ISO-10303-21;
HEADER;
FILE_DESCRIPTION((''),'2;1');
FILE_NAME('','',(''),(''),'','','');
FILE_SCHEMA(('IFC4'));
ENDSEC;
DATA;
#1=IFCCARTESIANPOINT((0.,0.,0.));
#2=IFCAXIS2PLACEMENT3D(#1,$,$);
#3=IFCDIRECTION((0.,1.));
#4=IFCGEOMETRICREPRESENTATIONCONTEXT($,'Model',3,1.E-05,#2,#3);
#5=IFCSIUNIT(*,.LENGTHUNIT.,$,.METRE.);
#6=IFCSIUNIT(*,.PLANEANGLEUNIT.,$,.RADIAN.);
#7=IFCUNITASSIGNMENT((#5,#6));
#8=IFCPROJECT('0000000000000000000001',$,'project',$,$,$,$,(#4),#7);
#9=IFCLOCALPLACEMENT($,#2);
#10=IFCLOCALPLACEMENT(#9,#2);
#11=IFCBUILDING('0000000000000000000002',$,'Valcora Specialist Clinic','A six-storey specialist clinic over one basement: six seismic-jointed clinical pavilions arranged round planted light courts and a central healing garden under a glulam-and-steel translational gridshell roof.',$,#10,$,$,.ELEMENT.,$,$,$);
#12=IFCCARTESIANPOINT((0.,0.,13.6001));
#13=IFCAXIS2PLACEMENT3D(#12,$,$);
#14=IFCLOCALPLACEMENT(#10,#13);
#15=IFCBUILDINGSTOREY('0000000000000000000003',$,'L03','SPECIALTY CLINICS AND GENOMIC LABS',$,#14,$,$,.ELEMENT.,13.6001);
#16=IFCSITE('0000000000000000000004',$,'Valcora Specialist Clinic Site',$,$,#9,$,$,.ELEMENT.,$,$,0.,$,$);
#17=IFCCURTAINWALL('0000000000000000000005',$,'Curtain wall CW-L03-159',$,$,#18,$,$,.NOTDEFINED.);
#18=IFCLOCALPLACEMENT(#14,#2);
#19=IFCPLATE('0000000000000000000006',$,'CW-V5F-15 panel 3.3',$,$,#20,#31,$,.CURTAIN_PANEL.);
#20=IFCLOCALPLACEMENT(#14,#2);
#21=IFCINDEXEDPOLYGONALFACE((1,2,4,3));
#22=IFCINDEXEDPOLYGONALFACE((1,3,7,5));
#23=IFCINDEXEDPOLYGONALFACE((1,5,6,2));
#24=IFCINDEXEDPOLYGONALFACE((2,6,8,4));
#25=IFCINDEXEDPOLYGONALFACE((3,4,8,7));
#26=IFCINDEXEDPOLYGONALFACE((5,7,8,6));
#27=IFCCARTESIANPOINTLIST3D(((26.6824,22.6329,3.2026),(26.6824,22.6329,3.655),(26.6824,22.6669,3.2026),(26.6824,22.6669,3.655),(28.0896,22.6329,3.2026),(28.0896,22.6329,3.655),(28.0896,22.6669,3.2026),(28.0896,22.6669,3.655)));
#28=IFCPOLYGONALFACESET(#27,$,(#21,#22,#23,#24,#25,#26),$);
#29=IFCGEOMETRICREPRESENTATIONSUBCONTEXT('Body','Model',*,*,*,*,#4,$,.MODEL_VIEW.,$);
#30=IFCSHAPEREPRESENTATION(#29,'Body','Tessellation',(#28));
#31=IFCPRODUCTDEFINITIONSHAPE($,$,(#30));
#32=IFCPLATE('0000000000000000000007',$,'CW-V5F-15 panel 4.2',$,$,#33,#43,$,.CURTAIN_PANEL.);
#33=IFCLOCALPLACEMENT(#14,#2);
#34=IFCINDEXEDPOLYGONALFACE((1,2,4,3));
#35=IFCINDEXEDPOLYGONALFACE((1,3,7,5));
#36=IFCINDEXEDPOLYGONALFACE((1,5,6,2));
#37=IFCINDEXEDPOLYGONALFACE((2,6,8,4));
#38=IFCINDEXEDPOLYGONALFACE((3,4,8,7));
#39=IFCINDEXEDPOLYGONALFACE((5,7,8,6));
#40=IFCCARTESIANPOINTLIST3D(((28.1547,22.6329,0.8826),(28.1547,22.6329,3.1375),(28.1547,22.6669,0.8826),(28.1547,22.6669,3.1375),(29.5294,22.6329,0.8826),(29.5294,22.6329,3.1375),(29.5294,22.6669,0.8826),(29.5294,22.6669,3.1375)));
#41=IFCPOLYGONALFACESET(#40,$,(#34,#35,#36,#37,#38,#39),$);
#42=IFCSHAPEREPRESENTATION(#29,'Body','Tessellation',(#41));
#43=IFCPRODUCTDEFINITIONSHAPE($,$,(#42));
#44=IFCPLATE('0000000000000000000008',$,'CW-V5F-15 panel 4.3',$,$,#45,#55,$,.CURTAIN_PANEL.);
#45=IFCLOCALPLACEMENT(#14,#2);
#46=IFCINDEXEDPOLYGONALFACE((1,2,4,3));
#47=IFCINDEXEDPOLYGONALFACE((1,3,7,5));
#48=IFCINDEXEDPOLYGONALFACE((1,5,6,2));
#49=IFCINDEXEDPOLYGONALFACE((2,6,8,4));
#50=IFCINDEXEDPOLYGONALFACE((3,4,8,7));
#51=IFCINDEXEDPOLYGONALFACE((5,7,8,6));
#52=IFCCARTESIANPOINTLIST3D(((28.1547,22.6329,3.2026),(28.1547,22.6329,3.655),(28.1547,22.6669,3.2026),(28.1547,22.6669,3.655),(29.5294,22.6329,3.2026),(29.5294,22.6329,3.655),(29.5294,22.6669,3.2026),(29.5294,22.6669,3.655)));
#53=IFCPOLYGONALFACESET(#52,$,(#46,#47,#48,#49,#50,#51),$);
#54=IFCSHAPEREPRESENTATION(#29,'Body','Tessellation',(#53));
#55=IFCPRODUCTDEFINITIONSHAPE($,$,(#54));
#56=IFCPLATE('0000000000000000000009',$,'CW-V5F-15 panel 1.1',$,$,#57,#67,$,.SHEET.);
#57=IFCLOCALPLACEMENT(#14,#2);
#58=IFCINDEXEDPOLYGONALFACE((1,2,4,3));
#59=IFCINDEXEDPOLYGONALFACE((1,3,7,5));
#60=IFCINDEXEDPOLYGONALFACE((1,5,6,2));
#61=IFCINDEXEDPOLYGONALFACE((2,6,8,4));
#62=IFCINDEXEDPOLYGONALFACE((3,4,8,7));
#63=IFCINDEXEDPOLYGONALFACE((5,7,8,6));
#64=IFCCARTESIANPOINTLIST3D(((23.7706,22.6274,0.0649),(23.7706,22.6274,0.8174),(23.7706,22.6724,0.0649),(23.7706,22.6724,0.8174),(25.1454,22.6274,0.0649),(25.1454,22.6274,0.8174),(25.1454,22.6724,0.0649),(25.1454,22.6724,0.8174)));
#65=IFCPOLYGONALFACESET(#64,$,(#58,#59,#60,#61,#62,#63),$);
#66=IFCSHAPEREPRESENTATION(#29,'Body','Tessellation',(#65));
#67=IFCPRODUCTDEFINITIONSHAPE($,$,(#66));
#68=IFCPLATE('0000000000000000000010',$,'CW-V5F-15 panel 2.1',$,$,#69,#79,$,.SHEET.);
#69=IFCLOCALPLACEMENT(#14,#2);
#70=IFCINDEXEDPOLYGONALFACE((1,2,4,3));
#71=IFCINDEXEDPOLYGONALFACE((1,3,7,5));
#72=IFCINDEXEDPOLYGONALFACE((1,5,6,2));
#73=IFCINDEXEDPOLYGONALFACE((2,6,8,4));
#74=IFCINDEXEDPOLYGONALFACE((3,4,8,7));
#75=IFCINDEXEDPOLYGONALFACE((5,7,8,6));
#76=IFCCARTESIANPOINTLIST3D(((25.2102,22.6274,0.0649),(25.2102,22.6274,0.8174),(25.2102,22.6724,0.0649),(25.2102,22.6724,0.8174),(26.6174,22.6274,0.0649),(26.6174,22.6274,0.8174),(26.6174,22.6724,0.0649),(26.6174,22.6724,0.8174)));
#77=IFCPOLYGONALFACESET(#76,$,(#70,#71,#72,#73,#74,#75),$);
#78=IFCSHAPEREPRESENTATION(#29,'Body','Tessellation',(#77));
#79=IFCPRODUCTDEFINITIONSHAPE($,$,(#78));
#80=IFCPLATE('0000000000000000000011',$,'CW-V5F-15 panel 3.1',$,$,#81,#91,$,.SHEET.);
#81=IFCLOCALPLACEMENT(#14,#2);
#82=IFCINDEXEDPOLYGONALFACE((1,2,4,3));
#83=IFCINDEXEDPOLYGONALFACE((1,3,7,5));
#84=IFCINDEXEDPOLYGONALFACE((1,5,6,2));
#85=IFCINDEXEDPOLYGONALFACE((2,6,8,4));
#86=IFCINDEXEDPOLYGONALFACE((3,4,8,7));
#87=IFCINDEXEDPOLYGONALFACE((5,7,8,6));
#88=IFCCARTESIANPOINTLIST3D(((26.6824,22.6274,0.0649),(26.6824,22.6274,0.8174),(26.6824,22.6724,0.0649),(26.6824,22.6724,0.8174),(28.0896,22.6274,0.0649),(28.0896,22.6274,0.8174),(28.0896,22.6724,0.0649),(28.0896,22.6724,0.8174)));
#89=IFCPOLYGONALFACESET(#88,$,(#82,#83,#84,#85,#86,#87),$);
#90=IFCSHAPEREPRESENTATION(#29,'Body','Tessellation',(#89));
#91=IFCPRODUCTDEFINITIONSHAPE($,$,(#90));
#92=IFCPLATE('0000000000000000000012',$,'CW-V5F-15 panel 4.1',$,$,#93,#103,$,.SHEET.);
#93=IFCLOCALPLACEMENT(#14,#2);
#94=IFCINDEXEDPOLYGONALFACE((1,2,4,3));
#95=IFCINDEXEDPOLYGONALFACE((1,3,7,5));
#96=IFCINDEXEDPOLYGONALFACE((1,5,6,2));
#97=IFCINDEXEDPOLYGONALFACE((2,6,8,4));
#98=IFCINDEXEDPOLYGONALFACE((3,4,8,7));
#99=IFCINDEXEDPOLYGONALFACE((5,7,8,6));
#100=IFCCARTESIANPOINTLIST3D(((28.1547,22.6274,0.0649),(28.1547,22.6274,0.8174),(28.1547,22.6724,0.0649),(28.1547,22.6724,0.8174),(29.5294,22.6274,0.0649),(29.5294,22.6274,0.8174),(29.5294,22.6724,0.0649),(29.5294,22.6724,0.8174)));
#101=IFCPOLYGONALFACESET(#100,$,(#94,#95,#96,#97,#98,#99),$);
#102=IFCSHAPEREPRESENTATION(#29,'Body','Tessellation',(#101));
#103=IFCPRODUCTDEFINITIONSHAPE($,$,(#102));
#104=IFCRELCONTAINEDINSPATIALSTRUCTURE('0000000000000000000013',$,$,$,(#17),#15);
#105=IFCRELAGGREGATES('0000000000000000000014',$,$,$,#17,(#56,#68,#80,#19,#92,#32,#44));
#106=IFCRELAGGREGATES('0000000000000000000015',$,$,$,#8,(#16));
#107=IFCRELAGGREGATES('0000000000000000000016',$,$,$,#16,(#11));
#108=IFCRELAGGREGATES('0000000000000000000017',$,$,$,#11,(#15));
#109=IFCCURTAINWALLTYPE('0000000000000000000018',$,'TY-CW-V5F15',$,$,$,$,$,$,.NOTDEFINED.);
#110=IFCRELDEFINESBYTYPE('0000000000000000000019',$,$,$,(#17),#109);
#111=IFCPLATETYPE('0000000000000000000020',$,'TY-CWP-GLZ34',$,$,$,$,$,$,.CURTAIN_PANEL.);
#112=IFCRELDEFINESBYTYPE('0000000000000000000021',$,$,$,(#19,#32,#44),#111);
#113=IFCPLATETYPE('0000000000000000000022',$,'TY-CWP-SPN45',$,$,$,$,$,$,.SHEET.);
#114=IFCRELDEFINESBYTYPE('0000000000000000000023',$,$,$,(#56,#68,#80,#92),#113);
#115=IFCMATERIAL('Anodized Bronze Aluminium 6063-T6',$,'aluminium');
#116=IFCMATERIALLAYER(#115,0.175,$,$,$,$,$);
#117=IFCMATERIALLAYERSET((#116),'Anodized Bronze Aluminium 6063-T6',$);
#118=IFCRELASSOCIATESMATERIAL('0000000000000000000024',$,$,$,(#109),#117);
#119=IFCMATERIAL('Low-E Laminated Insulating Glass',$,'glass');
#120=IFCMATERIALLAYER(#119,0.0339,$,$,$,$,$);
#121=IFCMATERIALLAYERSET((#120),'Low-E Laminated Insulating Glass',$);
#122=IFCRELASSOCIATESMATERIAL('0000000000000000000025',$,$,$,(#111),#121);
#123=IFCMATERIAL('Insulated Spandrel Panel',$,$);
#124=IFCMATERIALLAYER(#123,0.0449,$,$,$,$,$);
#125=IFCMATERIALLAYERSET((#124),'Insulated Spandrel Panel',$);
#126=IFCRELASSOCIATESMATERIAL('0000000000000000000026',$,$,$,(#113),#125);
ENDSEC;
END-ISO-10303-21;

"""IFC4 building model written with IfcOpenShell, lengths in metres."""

from ifc_helpers import new_model, si_unit, direction, frame, origin, origin_2d, place, context, subcontext, project, spatial, rectangle, extrude, material, layer, layer_set, type_object, element, aggregate, save


model = new_model("IFC4")

# Units and contexts
model_context = context("Model", 3, precision=1e-05, world=origin(), true_north=direction((0.0, 1.0)))
body_context = subcontext(model_context, "Body", "Model", "MODEL_VIEW")
ifc_project = project(units=[si_unit("LENGTHUNIT", "METRE"), si_unit("PLANEANGLEUNIT", "RADIAN")], contexts=[model_context])

# Site, building, storey
site_placement = place(None, origin())
site = spatial("IfcSite", under=ifc_project, at=site_placement, Name="Valcora Specialist Clinic Site", CompositionType="ELEMENT", RefElevation=0.0)
building_placement = place(site_placement, origin())
building = spatial("IfcBuilding", under=site, at=building_placement, Name="Valcora Specialist Clinic", Description="A six-storey specialist clinic over one basement: six seismic-jointed clinical pavilions arranged round planted light courts and a central healing garden under a glulam-and-steel translational gridshell roof.", CompositionType="ELEMENT")
storey_placement = place(building_placement, frame((0.0, 0.0, 13.6001)))
storey = spatial("IfcBuildingStorey", under=building, at=storey_placement, Name="L03", Description="SPECIALTY CLINICS AND GENOMIC LABS", CompositionType="ELEMENT", Elevation=13.6001)

# Curtain wall
ifc_material_1 = material(Name="Anodized Bronze Aluminium 6063-T6", Category="aluminium")
ifc_layer_1 = layer(ifc_material_1, 0.175)
ifc_layer_set_1 = layer_set([ifc_layer_1], Name="Anodized Bronze Aluminium 6063-T6")
curtain_wall_type = type_object("IfcCurtainWallType", Name="TY-CW-V5F15", PredefinedType="NOTDEFINED", material=ifc_layer_set_1)
curtain_wall_1_placement = place(storey_placement, origin())
curtain_wall_1 = element("IfcCurtainWall", 1, at=curtain_wall_1_placement, inside=storey, type_object=curtain_wall_type, Name="Curtain wall CW-L03-159", PredefinedType="NOTDEFINED")

# Plates
ifc_material_2 = material(Name="Low-E Laminated Insulating Glass", Category="glass")
ifc_layer_2 = layer(ifc_material_2, 0.0339)
ifc_layer_set_2 = layer_set([ifc_layer_2], Name="Low-E Laminated Insulating Glass")
plate_type_1 = type_object("IfcPlateType", Name="TY-CWP-GLZ34", PredefinedType="CURTAIN_PANEL", material=ifc_layer_set_2)
plate_1_placement = place(storey_placement, frame((27.386, 22.6499, 3.2026), z_axis=(0.0, 0.0, 1.0), x_axis=(1.0, 0.0, 0.0)))
plate_1 = element("IfcPlate", 2, at=plate_1_placement, type_object=plate_type_1, Name="CW-V5F-15 panel 3.3", PredefinedType="CURTAIN_PANEL", context=body_context, shape_type="SweptSolid", body=[
    extrude(rectangle(XDim=1.4072, YDim=0.0339, at=origin_2d()), origin(), (0.0, 0.0, 1.0), 0.4524),
])
plate_2_placement = place(storey_placement, frame((28.842, 22.6499, 0.8826), z_axis=(0.0, 0.0, 1.0), x_axis=(1.0, 0.0, 0.0)))
plate_2 = element("IfcPlate", 3, at=plate_2_placement, type_object=plate_type_1, Name="CW-V5F-15 panel 4.2", PredefinedType="CURTAIN_PANEL", context=body_context, shape_type="SweptSolid", body=[
    extrude(rectangle(XDim=1.3748, YDim=0.0339, at=origin_2d()), origin(), (0.0, 0.0, 1.0), 2.2549),
])
plate_3_placement = place(storey_placement, frame((28.842, 22.6499, 3.2026), z_axis=(0.0, 0.0, 1.0), x_axis=(1.0, 0.0, 0.0)))
plate_3 = element("IfcPlate", 4, at=plate_3_placement, type_object=plate_type_1, Name="CW-V5F-15 panel 4.3", PredefinedType="CURTAIN_PANEL", context=body_context, shape_type="SweptSolid", body=[
    extrude(rectangle(XDim=1.3748, YDim=0.0339, at=origin_2d()), origin(), (0.0, 0.0, 1.0), 0.4524),
])
ifc_material_3 = material(Name="Insulated Spandrel Panel")
ifc_layer_3 = layer(ifc_material_3, 0.0449)
ifc_layer_set_3 = layer_set([ifc_layer_3], Name="Insulated Spandrel Panel")
plate_type_2 = type_object("IfcPlateType", Name="TY-CWP-SPN45", PredefinedType="SHEET", material=ifc_layer_set_3)
plate_4_placement = place(storey_placement, frame((24.458, 22.6499, 0.0649), z_axis=(0.0, 0.0, 1.0), x_axis=(1.0, 0.0, 0.0)))
plate_4 = element("IfcPlate", 5, at=plate_4_placement, type_object=plate_type_2, Name="CW-V5F-15 panel 1.1", PredefinedType="SHEET", context=body_context, shape_type="SweptSolid", body=[
    extrude(rectangle(XDim=1.3748, YDim=0.0449, at=origin_2d()), origin(), (0.0, 0.0, 1.0), 0.7524),
])
plate_5_placement = place(storey_placement, frame((25.9138, 22.6499, 0.0649), z_axis=(0.0, 0.0, 1.0), x_axis=(1.0, 0.0, 0.0)))
plate_5 = element("IfcPlate", 6, at=plate_5_placement, type_object=plate_type_2, Name="CW-V5F-15 panel 2.1", PredefinedType="SHEET", context=body_context, shape_type="SweptSolid", body=[
    extrude(rectangle(XDim=1.4072, YDim=0.0449, at=origin_2d()), origin(), (0.0, 0.0, 1.0), 0.7524),
])
plate_6_placement = place(storey_placement, frame((27.386, 22.6499, 0.0649), z_axis=(0.0, 0.0, 1.0), x_axis=(1.0, 0.0, 0.0)))
plate_6 = element("IfcPlate", 7, at=plate_6_placement, type_object=plate_type_2, Name="CW-V5F-15 panel 3.1", PredefinedType="SHEET", context=body_context, shape_type="SweptSolid", body=[
    extrude(rectangle(XDim=1.4072, YDim=0.0449, at=origin_2d()), origin(), (0.0, 0.0, 1.0), 0.7524),
])
plate_7_placement = place(storey_placement, frame((28.842, 22.6499, 0.0649), z_axis=(0.0, 0.0, 1.0), x_axis=(1.0, 0.0, 0.0)))
plate_7 = element("IfcPlate", 8, at=plate_7_placement, type_object=plate_type_2, Name="CW-V5F-15 panel 4.1", PredefinedType="SHEET", context=body_context, shape_type="SweptSolid", body=[
    extrude(rectangle(XDim=1.3748, YDim=0.0449, at=origin_2d()), origin(), (0.0, 0.0, 1.0), 0.7524),
])
aggregate(curtain_wall_1, [plate_4, plate_5, plate_6, plate_1, plate_7, plate_2, plate_3])

save(model, "model.ifc")
